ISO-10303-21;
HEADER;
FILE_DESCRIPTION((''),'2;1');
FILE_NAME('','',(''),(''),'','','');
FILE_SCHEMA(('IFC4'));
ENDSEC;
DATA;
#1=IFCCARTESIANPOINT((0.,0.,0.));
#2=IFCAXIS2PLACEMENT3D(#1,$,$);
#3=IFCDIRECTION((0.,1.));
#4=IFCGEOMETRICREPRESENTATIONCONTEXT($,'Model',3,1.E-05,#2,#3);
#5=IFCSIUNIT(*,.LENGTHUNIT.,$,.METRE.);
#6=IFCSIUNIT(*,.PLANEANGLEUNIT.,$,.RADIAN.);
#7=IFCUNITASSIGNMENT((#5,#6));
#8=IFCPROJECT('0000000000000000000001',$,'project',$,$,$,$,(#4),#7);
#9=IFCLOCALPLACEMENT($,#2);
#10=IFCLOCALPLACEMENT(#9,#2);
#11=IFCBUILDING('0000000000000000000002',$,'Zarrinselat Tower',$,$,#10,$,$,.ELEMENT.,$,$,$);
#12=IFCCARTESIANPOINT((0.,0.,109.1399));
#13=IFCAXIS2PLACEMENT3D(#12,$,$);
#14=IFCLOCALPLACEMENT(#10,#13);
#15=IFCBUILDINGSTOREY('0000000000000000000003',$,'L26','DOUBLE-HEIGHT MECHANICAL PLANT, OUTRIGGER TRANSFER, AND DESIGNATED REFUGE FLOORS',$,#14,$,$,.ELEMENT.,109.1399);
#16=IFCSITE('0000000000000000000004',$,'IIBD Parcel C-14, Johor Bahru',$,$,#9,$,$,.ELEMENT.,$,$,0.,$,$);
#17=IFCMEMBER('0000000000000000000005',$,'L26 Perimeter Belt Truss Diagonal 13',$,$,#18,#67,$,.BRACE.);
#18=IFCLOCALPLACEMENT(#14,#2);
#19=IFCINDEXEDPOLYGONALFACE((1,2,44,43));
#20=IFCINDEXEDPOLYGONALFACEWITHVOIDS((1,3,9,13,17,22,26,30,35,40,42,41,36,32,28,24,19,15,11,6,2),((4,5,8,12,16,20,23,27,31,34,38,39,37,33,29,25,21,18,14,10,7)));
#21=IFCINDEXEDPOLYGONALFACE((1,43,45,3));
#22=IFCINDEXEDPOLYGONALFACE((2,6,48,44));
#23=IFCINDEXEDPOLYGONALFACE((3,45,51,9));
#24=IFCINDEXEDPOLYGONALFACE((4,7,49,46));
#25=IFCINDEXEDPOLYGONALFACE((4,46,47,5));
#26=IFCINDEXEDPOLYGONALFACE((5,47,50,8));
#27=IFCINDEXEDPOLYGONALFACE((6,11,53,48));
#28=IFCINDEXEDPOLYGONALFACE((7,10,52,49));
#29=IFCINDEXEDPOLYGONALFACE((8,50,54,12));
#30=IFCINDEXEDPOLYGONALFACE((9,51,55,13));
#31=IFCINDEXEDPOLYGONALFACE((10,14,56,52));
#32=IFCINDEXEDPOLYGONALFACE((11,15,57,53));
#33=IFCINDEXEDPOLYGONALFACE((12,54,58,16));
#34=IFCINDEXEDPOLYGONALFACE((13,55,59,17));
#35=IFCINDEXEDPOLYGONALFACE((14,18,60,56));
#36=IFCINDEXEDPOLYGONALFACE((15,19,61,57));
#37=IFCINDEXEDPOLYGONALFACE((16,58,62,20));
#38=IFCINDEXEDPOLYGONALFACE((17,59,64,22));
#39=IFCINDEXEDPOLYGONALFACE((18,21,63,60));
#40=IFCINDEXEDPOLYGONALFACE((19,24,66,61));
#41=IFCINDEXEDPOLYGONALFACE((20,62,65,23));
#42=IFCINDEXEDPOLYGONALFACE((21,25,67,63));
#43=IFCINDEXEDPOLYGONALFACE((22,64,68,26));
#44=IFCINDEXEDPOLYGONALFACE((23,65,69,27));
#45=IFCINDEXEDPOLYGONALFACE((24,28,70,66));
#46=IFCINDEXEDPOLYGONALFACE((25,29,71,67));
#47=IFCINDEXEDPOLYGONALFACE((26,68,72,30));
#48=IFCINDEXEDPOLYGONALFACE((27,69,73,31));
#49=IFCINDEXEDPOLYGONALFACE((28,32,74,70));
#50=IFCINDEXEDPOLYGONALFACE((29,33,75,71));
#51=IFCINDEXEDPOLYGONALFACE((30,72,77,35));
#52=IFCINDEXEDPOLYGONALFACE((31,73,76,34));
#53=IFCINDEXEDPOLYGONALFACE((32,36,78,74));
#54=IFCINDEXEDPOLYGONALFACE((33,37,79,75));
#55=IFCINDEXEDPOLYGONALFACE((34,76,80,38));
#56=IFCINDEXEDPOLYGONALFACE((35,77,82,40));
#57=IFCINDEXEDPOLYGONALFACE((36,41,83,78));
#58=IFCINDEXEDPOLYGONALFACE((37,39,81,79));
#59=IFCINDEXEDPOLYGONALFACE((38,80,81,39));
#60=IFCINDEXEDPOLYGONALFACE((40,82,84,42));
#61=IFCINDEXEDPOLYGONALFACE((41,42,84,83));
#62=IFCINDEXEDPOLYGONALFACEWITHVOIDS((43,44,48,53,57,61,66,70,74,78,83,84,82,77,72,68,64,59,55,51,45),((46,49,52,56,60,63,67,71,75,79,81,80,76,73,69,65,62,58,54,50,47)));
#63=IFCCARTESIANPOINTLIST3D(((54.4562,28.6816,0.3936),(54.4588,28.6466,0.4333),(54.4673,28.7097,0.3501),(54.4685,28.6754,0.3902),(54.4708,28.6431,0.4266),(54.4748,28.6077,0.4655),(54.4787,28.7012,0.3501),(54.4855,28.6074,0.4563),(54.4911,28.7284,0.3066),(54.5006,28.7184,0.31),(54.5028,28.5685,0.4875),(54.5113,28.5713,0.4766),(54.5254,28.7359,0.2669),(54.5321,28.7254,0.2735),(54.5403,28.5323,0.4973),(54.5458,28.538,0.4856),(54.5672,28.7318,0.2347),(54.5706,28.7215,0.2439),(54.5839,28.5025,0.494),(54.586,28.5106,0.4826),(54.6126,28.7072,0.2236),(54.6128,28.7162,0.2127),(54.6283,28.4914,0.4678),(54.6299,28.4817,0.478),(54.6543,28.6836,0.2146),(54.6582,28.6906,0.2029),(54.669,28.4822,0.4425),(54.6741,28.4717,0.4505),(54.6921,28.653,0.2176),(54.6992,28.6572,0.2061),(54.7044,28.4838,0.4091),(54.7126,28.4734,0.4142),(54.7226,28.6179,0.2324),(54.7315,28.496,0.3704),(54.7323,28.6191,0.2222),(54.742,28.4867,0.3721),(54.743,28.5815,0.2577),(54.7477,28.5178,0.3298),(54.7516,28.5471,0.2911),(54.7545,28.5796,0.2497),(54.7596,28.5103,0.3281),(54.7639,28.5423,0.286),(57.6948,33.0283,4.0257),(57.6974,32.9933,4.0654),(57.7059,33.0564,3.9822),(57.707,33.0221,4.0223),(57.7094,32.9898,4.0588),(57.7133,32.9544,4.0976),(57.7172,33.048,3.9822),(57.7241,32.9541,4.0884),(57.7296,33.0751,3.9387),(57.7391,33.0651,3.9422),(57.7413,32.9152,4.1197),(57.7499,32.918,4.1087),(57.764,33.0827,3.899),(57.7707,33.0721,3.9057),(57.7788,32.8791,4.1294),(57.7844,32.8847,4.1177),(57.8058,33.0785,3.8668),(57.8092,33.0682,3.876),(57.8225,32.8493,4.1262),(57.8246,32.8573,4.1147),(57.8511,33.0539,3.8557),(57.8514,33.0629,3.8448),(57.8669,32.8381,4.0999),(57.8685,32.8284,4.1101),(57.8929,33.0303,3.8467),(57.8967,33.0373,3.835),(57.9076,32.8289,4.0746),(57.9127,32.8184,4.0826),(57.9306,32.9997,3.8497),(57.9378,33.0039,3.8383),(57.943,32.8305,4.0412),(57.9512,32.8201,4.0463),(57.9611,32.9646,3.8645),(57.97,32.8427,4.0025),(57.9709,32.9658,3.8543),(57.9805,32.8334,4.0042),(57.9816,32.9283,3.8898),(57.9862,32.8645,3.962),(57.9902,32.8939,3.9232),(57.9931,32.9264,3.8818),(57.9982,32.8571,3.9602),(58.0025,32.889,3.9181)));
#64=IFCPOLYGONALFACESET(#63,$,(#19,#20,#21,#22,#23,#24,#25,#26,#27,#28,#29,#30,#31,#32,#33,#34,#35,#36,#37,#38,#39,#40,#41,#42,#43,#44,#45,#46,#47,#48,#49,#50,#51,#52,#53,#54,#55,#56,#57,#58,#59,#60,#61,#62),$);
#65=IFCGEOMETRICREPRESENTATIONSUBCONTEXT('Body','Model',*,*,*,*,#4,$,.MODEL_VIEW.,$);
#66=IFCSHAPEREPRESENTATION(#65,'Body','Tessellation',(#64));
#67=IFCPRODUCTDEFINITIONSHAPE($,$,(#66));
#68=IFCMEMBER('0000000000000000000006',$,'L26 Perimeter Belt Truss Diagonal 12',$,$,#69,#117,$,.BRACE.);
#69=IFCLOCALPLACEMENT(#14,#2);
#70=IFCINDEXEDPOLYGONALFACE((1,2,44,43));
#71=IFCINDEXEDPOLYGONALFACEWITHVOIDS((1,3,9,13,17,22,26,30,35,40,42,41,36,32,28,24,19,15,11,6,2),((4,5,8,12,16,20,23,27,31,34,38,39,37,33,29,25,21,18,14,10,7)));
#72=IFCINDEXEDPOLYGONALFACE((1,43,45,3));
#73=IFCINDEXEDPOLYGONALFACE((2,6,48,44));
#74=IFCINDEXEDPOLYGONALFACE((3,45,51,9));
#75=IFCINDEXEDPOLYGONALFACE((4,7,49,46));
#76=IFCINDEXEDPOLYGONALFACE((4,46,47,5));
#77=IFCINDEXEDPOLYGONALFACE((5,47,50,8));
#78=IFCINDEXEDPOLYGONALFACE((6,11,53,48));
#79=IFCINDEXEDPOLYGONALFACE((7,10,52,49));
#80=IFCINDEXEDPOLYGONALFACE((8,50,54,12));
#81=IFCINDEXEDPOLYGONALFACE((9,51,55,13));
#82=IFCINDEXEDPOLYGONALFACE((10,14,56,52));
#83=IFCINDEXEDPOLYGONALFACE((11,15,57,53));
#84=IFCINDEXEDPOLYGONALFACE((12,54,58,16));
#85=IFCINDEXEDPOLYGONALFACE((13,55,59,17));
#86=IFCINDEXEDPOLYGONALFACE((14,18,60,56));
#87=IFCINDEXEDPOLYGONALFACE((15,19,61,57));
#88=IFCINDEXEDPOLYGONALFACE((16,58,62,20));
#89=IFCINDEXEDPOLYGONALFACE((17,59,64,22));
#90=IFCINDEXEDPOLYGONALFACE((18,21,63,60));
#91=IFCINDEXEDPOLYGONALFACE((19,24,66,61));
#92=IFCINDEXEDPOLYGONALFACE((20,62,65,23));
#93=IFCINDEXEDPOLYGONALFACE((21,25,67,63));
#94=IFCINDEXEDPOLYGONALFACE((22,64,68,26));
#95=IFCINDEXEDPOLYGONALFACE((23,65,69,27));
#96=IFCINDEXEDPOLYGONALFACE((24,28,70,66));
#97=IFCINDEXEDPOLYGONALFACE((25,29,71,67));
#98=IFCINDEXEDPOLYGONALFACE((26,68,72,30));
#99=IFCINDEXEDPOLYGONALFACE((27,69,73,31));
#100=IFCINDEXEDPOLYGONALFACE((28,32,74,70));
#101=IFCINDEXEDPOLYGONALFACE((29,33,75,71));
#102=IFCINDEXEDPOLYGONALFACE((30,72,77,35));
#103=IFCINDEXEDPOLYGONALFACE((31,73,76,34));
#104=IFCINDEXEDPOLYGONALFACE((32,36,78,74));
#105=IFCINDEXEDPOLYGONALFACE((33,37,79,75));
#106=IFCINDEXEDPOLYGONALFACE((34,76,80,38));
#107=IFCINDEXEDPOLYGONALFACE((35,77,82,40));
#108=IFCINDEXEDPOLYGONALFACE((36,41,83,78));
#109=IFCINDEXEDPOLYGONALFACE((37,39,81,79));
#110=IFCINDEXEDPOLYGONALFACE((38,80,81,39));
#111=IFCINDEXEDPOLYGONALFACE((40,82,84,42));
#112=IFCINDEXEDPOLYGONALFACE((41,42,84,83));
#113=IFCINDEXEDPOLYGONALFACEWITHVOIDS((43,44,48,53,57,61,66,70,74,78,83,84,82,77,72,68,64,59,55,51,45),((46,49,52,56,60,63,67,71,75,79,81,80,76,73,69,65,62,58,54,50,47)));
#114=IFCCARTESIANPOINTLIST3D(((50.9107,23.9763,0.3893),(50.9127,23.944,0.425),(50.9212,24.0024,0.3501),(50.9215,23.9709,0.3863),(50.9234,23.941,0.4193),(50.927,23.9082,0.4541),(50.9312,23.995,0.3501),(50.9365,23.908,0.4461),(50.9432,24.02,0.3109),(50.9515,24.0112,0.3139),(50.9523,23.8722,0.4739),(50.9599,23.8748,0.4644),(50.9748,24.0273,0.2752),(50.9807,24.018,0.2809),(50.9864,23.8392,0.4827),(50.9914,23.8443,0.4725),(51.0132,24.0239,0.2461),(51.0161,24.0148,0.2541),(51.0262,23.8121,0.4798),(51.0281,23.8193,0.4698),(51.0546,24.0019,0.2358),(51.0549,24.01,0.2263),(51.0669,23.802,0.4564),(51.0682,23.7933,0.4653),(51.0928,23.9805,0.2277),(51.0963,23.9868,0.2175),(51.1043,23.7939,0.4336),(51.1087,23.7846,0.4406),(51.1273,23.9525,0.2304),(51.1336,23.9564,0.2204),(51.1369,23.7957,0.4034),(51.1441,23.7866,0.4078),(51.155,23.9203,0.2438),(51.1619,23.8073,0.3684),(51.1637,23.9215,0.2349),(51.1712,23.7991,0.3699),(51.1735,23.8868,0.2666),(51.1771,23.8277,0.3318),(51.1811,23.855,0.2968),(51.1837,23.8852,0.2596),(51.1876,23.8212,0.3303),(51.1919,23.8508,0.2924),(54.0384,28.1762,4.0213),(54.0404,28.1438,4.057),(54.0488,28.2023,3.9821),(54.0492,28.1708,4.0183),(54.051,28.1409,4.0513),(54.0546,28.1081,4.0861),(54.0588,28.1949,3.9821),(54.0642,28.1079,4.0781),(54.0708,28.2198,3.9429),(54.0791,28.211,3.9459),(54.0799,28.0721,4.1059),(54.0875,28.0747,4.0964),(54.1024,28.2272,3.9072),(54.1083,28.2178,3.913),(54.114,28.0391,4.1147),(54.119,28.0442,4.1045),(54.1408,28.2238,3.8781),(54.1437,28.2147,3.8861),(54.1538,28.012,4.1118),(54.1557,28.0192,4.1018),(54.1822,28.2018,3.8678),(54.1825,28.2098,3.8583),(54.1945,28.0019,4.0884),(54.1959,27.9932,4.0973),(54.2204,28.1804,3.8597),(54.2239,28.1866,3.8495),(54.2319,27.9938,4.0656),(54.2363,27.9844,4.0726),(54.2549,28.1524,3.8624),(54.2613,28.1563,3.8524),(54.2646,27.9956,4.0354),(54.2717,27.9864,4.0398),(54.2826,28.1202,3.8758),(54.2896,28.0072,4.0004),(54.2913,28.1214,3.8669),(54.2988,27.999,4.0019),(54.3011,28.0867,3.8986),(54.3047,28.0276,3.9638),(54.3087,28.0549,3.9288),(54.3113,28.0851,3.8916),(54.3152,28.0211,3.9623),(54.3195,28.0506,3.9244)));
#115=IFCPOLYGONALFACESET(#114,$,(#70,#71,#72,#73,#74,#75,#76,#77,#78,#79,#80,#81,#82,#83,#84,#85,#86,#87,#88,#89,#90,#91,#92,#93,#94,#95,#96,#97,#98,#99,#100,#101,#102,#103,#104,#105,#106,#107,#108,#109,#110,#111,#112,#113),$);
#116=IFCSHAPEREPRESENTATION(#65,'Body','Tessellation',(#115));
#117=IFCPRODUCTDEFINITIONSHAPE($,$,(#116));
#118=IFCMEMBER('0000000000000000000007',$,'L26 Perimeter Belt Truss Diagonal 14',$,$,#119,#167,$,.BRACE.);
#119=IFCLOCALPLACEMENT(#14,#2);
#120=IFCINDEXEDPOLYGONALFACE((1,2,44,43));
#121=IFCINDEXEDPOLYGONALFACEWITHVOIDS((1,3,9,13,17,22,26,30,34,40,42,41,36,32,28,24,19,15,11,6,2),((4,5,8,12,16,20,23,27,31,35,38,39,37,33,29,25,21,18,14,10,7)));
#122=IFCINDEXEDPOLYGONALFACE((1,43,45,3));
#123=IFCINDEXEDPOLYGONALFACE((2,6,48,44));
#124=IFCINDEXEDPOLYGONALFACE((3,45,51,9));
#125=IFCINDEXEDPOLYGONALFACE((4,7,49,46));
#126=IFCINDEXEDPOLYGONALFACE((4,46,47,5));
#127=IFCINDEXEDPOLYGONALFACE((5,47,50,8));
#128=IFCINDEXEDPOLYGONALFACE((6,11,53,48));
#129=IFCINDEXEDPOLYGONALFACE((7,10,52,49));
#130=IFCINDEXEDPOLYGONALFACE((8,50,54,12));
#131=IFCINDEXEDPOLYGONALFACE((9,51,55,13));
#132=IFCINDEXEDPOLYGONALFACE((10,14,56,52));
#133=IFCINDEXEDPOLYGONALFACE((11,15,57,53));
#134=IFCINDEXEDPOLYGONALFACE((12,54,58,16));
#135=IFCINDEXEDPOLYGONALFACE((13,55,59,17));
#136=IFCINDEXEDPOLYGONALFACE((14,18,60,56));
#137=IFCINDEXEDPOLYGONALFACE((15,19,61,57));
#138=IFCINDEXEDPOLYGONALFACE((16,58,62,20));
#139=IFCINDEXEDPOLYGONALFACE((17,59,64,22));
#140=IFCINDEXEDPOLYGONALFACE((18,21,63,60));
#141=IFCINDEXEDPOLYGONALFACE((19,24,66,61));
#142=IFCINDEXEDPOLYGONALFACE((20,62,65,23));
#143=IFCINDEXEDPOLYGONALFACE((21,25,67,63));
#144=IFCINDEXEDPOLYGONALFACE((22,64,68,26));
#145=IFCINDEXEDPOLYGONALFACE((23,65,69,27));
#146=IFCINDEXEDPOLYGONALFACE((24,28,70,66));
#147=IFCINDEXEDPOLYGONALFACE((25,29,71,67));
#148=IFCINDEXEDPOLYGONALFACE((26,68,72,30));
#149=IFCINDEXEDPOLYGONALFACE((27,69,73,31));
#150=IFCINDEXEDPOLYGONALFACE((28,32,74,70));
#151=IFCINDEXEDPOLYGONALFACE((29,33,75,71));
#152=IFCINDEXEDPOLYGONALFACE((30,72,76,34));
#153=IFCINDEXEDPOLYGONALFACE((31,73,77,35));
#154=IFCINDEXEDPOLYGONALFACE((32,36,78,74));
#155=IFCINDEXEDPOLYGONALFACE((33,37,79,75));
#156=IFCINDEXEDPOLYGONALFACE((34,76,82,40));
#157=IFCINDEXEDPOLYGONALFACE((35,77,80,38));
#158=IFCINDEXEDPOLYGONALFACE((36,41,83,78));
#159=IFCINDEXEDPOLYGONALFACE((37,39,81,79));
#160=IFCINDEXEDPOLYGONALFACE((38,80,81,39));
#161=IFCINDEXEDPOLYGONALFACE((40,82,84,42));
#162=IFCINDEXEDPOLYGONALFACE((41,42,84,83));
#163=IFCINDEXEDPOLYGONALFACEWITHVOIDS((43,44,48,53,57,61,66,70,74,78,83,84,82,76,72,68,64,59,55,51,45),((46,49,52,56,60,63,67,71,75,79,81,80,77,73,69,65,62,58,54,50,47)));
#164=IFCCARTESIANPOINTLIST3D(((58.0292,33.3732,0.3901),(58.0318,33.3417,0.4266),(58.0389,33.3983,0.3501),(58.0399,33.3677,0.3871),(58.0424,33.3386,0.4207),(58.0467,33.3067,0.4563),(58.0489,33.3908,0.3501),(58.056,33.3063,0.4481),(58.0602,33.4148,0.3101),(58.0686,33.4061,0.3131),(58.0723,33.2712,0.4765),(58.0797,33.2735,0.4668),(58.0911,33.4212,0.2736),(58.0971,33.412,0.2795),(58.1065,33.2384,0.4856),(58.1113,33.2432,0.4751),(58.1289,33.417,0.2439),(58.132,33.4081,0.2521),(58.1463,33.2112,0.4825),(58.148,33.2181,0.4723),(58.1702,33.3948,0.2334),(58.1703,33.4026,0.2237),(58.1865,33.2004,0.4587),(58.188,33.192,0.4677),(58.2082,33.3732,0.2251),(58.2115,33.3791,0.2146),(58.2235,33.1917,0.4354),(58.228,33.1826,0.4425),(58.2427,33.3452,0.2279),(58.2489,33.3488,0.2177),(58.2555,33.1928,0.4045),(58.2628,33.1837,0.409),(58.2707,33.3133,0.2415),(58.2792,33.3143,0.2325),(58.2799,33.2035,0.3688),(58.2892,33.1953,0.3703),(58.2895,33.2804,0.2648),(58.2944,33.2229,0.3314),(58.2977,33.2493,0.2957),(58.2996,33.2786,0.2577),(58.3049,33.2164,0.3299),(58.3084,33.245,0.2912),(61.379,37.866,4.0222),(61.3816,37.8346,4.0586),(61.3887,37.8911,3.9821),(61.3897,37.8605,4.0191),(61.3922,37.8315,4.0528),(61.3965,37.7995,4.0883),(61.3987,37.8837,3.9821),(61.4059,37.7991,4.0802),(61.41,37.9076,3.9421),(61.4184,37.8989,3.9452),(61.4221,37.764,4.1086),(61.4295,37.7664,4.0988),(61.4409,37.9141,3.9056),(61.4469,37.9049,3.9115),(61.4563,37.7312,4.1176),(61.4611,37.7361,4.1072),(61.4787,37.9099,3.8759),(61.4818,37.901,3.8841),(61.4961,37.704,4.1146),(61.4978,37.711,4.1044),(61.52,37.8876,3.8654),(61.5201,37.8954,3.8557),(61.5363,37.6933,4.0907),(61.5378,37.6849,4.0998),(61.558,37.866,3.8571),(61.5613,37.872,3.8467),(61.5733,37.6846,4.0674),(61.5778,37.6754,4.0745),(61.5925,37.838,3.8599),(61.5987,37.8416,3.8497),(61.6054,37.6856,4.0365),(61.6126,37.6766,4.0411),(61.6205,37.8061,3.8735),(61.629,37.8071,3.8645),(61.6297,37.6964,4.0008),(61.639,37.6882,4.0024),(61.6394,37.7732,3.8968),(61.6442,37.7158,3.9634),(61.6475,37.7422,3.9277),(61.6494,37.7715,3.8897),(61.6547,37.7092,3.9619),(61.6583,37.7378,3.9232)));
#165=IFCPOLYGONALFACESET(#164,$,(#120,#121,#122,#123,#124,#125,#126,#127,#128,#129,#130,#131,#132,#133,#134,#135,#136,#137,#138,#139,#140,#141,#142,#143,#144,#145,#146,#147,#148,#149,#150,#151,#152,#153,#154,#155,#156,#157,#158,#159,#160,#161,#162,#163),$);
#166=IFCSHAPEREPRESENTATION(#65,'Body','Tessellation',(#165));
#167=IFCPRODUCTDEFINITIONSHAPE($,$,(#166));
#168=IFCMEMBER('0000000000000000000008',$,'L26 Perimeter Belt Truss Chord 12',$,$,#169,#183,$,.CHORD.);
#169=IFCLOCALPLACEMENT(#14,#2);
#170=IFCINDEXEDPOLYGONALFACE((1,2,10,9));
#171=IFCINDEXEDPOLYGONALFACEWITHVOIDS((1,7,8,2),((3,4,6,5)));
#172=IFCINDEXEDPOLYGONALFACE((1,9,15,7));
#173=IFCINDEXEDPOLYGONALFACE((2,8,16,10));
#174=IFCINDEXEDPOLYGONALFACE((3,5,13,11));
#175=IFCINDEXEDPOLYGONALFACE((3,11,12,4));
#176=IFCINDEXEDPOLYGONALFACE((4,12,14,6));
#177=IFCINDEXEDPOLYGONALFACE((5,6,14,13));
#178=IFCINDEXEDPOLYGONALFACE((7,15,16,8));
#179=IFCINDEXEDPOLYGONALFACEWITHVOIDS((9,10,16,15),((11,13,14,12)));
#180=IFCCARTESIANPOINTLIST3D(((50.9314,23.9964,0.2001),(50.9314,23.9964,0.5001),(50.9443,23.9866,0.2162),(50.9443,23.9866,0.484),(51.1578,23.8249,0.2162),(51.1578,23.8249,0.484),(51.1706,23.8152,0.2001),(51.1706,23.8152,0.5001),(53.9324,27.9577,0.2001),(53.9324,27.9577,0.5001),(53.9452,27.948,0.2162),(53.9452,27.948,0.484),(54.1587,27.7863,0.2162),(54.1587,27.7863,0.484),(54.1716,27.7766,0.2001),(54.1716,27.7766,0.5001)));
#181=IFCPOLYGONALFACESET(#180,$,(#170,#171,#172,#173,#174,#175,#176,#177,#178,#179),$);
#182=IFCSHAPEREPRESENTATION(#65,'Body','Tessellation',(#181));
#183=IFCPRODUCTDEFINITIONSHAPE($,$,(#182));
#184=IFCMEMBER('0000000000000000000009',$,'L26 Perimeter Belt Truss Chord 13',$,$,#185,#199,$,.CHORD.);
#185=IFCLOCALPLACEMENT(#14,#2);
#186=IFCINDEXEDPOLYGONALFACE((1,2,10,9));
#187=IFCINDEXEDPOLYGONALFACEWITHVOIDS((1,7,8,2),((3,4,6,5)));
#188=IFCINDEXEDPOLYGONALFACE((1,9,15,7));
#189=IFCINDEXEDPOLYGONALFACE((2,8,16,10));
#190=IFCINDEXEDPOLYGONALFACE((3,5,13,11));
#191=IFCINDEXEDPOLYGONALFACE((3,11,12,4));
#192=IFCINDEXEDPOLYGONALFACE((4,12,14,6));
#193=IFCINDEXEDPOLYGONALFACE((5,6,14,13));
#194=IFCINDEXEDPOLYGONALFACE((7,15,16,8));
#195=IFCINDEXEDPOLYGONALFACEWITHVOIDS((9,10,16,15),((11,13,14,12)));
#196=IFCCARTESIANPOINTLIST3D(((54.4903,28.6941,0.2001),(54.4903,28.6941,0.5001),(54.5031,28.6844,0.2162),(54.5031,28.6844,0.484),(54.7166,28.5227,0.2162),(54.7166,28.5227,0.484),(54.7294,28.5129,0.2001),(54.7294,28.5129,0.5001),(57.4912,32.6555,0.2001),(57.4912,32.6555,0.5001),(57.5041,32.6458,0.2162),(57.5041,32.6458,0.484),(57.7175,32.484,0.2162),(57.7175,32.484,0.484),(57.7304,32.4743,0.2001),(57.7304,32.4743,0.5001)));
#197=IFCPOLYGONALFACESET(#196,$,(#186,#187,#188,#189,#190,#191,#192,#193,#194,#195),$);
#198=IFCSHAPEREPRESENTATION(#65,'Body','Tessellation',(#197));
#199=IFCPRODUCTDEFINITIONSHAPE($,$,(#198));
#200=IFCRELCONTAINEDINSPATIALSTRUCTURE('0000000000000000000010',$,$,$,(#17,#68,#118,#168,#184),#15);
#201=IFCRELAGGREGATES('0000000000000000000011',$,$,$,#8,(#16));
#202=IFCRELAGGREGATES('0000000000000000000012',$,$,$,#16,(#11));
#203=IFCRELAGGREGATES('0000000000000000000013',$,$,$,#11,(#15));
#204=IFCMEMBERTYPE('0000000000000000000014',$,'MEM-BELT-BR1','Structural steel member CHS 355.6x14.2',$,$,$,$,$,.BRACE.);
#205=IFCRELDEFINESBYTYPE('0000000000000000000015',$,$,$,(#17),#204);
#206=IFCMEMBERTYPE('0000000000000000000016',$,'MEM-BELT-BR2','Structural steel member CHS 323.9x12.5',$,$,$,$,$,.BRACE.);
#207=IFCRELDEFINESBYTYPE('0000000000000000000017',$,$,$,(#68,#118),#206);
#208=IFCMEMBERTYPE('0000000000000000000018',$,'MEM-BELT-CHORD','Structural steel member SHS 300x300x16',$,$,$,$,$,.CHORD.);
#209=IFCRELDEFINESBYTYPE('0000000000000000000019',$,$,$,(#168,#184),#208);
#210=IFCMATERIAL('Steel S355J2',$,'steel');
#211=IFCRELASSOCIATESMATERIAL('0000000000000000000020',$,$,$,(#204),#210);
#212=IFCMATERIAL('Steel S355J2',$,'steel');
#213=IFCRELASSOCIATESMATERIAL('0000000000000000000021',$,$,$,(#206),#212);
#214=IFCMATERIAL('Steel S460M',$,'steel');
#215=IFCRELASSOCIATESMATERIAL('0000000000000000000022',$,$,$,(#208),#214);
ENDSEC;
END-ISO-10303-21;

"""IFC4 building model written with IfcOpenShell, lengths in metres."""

from ifc_helpers import new_model, si_unit, direction, frame, origin, origin_2d, place, context, subcontext, project, spatial, hollow_rectangle, hollow_circle, extrude, material, material_profile, profile_set, type_object, element, save


model = new_model("IFC4")

# Units and contexts
model_context = context("Model", 3, precision=1e-05, world=origin(), true_north=direction((0.0, 1.0)))
body_context = subcontext(model_context, "Body", "Model", "MODEL_VIEW")
ifc_project = project(units=[si_unit("LENGTHUNIT", "METRE"), si_unit("PLANEANGLEUNIT", "RADIAN")], contexts=[model_context])

# Site, building, storey
site_placement = place(None, origin())
site = spatial("IfcSite", under=ifc_project, at=site_placement, Name="IIBD Parcel C-14, Johor Bahru", CompositionType="ELEMENT", RefElevation=0.0)
building_placement = place(site_placement, origin())
building = spatial("IfcBuilding", under=site, at=building_placement, Name="Zarrinselat Tower", CompositionType="ELEMENT")
storey_placement = place(building_placement, frame((0.0, 0.0, 109.1399)))
storey = spatial("IfcBuildingStorey", under=building, at=storey_placement, Name="L26", Description="DOUBLE-HEIGHT MECHANICAL PLANT, OUTRIGGER TRANSFER, AND DESIGNATED REFUGE FLOORS", CompositionType="ELEMENT", Elevation=109.1399)

# Members
ifc_material_1 = material(Name="Steel S355J2", Category="steel")
ifc_material_profile_1 = material_profile(ifc_material_1, hollow_circle(Radius=0.1777, WallThickness=0.0142, at=origin_2d()), Name="CHS 355.6x14.2")
ifc_profile_set_1 = profile_set([ifc_material_profile_1], Name="Steel S355J2")
member_type_1 = type_object("IfcMemberType", Name="MEM-BELT-BR1", Description="Structural steel member CHS 355.6x14.2", PredefinedType="BRACE", material=ifc_profile_set_1)
member_1_placement = place(storey_placement, frame((54.6099, 28.6035, 0.3501), z_axis=(0.496337, 0.666173, 0.556653), x_axis=(-0.801898, 0.59746, 0.0)))
element("IfcMember", 1, at=member_1_placement, inside=storey, type_object=member_type_1, Name="L26 Perimeter Belt Truss Diagonal 13", PredefinedType="BRACE", context=body_context, shape_type="SweptSolid", body=[
    extrude(hollow_circle(Radius=0.1777, WallThickness=0.0142, at=origin_2d()), origin(), (0.0, 0.0, 1.0), 6.5249),
])
ifc_material_2 = material(Name="Steel S355J2", Category="steel")
ifc_material_profile_2 = material_profile(ifc_material_2, hollow_circle(Radius=0.1619, WallThickness=0.0125, at=origin_2d()), Name="CHS 323.9x12.5")
ifc_profile_set_2 = profile_set([ifc_material_profile_2], Name="Steel S355J2")
member_type_2 = type_object("IfcMemberType", Name="MEM-BELT-BR2", Description="Structural steel member CHS 323.9x12.5", PredefinedType="BRACE", material=ifc_profile_set_2)
member_2_placement = place(storey_placement, frame((51.051, 23.9058, 0.3501), z_axis=(0.490778, 0.659032, 0.569925), x_axis=(-0.802037, 0.597274, 0.0)))
element("IfcMember", 2, at=member_2_placement, inside=storey, type_object=member_type_2, Name="L26 Perimeter Belt Truss Diagonal 12", PredefinedType="BRACE", context=body_context, shape_type="SweptSolid", body=[
    extrude(hollow_circle(Radius=0.1619, WallThickness=0.0125, at=origin_2d()), origin(), (0.0, 0.0, 1.0), 6.3728),
])
member_3_placement = place(storey_placement, frame((58.1687, 33.3015, 0.3501), z_axis=(0.501602, 0.672763, 0.543862), x_axis=(-0.801696, 0.597732, 0.0)))
element("IfcMember", 3, at=member_3_placement, inside=storey, type_object=member_type_2, Name="L26 Perimeter Belt Truss Diagonal 14", PredefinedType="BRACE", context=body_context, shape_type="SweptSolid", body=[
    extrude(hollow_circle(Radius=0.1619, WallThickness=0.0125, at=origin_2d()), origin(), (0.0, 0.0, 1.0), 6.6782),
])
ifc_material_3 = material(Name="Steel S460M", Category="steel")
ifc_material_profile_3 = material_profile(ifc_material_3, hollow_rectangle(XDim=0.3, YDim=0.3, WallThickness=0.0161, at=origin_2d()), Name="SHS 300x300x16")
ifc_profile_set_3 = profile_set([ifc_material_profile_3], Name="Steel S460M")
member_type_3 = type_object("IfcMemberType", Name="MEM-BELT-CHORD", Description="Structural steel member SHS 300x300x16", PredefinedType="CHORD", material=ifc_profile_set_3)
for number, where, z_axis, x_axis, name in (
    (4, (51.051, 23.9058, 0.3501), (0.603844, 0.797102, 0.0), (-0.797102, 0.603844, 0.0), "L26 Perimeter Belt Truss Chord 12"),
    (5, (54.6099, 28.6035, 0.3501), (0.603844, 0.797102, 0.0), (-0.797102, 0.603844, 0.0), "L26 Perimeter Belt Truss Chord 13"),
):
    element("IfcMember", number, at=place(storey_placement, frame(where, z_axis=z_axis, x_axis=x_axis)), inside=storey, type_object=member_type_3, Name=name, PredefinedType="CHORD", context=body_context, shape_type="SweptSolid", body=[
        extrude(hollow_rectangle(XDim=0.3, YDim=0.3, WallThickness=0.0161, at=origin_2d()), origin(), (0.0, 0.0, 1.0), 4.9697),
    ])

save(model, "model.ifc")
